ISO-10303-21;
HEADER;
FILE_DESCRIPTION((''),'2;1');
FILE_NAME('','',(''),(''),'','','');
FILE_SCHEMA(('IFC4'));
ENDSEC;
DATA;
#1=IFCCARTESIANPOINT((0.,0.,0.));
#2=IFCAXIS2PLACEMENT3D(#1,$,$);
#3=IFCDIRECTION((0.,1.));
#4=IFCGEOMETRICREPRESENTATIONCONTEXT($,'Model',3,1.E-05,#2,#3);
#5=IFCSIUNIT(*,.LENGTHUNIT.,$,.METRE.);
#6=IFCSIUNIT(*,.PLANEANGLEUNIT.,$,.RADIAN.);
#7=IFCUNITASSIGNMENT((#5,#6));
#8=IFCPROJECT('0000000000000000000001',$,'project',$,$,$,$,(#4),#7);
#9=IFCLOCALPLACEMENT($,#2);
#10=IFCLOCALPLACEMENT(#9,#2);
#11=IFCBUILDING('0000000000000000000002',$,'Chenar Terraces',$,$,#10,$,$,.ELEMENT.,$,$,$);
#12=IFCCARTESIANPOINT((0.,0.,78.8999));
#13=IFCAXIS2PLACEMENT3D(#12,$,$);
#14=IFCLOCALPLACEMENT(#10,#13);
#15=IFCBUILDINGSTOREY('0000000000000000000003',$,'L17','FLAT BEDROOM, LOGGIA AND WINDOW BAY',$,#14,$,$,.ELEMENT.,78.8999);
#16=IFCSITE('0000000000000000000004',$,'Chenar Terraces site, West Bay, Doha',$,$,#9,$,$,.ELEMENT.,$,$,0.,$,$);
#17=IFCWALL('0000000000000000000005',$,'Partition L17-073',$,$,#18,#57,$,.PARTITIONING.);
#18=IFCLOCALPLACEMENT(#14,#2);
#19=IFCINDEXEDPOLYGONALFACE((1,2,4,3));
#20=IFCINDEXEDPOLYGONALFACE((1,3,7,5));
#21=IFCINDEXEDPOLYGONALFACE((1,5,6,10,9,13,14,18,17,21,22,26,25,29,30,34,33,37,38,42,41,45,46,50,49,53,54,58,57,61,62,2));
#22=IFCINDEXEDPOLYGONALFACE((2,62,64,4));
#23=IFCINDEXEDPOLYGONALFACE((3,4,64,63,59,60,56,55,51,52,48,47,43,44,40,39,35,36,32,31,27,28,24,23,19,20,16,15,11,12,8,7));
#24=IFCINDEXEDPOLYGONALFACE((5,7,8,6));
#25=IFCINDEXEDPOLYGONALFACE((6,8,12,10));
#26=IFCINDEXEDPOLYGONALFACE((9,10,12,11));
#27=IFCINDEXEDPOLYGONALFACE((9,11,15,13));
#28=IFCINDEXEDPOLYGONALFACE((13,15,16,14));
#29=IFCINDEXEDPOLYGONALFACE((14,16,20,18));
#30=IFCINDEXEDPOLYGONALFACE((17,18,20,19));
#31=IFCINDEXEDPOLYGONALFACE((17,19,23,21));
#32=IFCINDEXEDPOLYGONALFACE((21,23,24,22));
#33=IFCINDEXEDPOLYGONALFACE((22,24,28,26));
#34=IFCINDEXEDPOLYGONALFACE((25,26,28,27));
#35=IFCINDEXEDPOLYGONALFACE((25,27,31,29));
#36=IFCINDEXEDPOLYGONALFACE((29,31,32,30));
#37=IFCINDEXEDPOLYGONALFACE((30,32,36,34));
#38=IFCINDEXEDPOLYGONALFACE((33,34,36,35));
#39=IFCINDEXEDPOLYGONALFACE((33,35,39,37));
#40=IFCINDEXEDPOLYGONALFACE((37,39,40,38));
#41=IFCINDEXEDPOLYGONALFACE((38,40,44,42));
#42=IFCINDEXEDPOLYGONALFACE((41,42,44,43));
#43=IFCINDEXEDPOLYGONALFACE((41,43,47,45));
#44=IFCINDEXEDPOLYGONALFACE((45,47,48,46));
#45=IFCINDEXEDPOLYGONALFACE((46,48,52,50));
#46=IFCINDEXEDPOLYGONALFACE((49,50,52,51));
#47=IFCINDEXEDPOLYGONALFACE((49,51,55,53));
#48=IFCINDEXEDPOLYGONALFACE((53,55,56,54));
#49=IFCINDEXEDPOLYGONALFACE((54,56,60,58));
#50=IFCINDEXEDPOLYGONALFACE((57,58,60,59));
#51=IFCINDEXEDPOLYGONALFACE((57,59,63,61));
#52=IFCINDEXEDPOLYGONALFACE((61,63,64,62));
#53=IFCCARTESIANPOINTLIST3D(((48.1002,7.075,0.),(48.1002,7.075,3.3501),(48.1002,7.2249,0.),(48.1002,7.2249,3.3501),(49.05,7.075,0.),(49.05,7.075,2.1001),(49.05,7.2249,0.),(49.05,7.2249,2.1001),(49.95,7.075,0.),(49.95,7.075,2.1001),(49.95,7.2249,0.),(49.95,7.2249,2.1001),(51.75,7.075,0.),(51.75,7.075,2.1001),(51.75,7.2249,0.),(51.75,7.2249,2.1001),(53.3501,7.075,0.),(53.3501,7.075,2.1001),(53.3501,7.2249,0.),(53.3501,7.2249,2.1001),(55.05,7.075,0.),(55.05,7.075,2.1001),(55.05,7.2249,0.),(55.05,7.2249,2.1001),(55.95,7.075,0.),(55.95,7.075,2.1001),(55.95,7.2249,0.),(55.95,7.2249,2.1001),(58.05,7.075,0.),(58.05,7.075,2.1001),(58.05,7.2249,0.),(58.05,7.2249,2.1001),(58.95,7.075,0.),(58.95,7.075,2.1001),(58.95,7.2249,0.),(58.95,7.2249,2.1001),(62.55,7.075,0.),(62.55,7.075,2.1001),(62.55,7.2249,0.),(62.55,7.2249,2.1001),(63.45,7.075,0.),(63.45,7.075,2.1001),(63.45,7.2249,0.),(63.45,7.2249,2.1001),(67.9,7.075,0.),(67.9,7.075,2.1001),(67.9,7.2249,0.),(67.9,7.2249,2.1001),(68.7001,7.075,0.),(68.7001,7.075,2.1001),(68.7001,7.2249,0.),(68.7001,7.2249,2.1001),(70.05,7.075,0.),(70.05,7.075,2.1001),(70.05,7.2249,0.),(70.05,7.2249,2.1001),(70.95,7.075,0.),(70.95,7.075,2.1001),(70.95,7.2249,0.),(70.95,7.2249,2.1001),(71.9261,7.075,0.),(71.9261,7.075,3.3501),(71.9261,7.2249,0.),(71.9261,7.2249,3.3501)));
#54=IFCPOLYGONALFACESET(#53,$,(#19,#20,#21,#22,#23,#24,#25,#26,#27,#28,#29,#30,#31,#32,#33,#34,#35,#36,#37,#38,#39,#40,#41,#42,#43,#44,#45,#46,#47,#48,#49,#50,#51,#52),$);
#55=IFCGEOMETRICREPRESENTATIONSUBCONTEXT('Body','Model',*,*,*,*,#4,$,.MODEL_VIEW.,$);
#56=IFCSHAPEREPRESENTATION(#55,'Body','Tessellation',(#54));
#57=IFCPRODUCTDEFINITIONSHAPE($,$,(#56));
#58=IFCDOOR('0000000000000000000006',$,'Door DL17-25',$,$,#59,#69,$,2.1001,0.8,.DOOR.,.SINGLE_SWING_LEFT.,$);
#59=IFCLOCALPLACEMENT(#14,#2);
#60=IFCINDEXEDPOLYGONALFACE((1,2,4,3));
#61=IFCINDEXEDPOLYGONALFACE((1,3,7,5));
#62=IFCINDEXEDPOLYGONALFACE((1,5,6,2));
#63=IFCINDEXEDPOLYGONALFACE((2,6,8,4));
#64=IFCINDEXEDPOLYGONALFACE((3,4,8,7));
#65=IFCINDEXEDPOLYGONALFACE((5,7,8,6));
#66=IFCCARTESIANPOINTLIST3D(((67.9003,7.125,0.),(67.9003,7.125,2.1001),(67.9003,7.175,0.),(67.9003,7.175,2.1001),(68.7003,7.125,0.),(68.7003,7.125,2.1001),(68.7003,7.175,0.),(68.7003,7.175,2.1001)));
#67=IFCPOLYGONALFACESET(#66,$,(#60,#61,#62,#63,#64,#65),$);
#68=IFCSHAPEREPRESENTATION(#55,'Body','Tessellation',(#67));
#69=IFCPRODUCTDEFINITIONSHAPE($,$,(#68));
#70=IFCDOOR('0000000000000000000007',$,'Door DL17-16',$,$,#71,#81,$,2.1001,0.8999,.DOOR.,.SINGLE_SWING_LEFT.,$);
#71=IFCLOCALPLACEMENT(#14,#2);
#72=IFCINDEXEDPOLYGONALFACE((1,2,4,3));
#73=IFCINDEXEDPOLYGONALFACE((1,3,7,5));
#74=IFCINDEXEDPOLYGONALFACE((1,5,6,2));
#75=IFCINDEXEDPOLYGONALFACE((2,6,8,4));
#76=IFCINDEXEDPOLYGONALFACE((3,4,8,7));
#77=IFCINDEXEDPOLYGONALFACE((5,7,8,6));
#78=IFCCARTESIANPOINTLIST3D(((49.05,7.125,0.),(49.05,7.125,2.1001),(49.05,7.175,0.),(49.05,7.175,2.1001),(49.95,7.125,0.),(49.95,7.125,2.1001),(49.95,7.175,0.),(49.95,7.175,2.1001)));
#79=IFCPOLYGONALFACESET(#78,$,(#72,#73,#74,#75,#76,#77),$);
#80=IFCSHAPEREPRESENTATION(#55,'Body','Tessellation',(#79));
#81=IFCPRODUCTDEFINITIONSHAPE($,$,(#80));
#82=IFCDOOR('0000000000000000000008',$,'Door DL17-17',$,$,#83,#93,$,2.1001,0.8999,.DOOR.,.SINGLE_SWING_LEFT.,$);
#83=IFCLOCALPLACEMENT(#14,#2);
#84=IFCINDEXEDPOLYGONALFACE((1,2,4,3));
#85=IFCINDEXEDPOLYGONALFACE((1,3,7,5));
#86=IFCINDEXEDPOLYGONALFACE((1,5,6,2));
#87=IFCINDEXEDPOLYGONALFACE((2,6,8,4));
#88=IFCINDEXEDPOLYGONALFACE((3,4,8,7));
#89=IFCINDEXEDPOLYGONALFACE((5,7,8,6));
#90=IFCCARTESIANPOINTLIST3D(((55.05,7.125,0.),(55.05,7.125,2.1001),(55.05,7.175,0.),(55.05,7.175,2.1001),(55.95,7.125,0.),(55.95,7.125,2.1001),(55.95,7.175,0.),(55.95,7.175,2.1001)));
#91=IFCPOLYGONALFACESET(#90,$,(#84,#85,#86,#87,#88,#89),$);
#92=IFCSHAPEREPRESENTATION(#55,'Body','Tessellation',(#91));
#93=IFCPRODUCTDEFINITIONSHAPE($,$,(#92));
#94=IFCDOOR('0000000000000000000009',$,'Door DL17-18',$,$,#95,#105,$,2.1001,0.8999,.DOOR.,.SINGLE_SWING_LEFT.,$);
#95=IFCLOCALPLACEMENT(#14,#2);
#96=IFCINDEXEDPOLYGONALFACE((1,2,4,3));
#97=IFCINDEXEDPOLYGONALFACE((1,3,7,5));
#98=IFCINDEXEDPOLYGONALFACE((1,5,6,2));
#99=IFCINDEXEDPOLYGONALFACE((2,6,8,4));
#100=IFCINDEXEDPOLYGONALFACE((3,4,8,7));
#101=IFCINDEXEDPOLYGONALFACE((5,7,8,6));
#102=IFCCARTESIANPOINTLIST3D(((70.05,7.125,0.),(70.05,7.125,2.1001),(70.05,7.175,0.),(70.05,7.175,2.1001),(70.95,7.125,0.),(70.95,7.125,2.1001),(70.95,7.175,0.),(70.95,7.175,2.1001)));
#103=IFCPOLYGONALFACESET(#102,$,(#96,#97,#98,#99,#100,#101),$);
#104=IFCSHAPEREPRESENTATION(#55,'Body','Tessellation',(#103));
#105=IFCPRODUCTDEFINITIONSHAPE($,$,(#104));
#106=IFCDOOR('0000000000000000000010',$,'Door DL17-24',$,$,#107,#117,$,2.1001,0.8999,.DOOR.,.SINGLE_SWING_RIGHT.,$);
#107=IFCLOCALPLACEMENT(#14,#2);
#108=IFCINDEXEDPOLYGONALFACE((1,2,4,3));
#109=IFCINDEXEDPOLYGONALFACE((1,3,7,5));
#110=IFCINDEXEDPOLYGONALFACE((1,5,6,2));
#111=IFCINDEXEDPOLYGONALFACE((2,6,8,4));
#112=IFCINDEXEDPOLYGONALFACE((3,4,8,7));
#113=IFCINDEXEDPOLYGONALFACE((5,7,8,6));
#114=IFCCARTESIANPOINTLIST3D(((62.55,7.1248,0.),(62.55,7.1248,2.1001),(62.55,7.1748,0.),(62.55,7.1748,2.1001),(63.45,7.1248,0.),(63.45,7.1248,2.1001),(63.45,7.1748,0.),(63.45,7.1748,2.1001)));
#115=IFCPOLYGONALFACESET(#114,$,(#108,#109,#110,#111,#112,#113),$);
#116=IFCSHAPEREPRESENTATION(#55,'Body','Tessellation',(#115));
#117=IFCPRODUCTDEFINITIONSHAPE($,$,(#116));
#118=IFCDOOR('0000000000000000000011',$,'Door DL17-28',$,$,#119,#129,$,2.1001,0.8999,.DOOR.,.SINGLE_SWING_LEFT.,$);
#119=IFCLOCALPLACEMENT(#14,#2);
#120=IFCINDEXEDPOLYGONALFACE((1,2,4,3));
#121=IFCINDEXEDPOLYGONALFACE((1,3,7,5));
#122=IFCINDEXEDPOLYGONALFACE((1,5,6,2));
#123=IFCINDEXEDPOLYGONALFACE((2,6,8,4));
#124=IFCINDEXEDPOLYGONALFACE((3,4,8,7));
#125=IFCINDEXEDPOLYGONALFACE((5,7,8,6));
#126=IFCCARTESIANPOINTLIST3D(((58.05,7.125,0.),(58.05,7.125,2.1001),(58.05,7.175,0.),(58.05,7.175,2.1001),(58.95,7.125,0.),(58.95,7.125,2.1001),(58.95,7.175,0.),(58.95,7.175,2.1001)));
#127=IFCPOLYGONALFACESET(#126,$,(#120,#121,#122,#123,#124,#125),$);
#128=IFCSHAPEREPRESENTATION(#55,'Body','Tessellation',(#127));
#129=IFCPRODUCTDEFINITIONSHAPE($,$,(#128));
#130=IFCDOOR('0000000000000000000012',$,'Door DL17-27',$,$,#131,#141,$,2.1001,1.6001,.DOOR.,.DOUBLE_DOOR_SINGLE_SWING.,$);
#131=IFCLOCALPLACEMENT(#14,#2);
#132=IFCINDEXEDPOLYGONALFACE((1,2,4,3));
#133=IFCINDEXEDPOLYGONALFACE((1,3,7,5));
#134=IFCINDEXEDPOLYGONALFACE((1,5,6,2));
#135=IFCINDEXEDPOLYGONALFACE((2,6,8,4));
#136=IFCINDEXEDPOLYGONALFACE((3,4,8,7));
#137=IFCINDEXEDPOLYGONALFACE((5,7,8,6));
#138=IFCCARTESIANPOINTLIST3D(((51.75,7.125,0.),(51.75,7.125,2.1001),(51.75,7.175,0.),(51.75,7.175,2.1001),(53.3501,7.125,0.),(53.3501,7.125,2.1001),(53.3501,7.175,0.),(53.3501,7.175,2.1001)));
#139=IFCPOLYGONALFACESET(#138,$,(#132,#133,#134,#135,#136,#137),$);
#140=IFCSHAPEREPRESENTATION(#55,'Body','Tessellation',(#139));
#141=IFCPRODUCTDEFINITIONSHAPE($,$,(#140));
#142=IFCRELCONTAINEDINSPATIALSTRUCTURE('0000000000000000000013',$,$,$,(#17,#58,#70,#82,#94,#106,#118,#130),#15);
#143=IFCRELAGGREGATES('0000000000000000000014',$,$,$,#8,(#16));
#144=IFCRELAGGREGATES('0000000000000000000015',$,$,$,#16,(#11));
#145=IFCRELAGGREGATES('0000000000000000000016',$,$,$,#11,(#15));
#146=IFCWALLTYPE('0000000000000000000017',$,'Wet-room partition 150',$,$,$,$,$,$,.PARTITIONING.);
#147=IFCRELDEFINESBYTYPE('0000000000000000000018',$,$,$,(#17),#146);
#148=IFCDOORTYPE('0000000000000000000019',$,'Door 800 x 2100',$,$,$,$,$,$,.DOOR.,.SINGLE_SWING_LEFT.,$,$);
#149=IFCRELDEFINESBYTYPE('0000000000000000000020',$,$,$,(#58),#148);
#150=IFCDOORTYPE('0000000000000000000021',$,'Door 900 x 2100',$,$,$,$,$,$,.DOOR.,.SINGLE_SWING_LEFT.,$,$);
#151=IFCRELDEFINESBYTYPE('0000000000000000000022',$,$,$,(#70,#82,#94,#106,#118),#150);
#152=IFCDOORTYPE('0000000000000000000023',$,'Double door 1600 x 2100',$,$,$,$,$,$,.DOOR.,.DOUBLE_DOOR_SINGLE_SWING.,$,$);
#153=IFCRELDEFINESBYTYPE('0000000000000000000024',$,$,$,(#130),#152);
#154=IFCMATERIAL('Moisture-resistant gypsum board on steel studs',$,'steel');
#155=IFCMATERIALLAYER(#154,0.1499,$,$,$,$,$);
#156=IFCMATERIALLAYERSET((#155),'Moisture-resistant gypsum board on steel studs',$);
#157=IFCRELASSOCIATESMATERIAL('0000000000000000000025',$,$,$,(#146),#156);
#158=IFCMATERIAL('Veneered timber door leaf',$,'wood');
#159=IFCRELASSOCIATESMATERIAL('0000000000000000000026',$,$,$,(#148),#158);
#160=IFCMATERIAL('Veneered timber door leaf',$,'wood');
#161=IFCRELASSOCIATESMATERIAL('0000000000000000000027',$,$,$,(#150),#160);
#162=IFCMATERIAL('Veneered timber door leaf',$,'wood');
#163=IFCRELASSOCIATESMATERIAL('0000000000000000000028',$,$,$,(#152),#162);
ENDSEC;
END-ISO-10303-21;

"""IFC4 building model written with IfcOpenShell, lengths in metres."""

from ifc_helpers import new_model, si_unit, direction, frame, frame_2d, origin, place, context, subcontext, project, spatial, rectangle, extrude, material, layer, layer_set, type_object, element, fill, save


model = new_model("IFC4")

# Units and contexts
model_context = context("Model", 3, precision=1e-05, world=origin(), true_north=direction((0.0, 1.0)))
body_context = subcontext(model_context, "Body", "Model", "MODEL_VIEW")
ifc_project = project(units=[si_unit("LENGTHUNIT", "METRE"), si_unit("PLANEANGLEUNIT", "RADIAN")], contexts=[model_context])

# Site, building, storey
site_placement = place(None, origin())
site = spatial("IfcSite", under=ifc_project, at=site_placement, Name="Chenar Terraces site, West Bay, Doha", CompositionType="ELEMENT", RefElevation=0.0)
building_placement = place(site_placement, origin())
building = spatial("IfcBuilding", under=site, at=building_placement, Name="Chenar Terraces", CompositionType="ELEMENT")
storey_placement = place(building_placement, frame((0.0, 0.0, 78.8999)))
storey = spatial("IfcBuildingStorey", under=building, at=storey_placement, Name="L17", Description="FLAT BEDROOM, LOGGIA AND WINDOW BAY", CompositionType="ELEMENT", Elevation=78.8999)

# Shared definitions
ifc_material_1 = material(Name="Moisture-resistant gypsum board on steel studs", Category="steel")
ifc_layer_1 = layer(ifc_material_1, 0.1499)
ifc_layer_set_1 = layer_set([ifc_layer_1], Name="Moisture-resistant gypsum board on steel studs")
wall_type_1 = type_object("IfcWallType", Name="Wet-room partition 150", PredefinedType="PARTITIONING", material=ifc_layer_set_1)
ifc_material_2 = material(Name="Veneered timber door leaf", Category="wood")
door_type_1 = type_object("IfcDoorType", Name="Door 800 x 2100", OperationType="SINGLE_SWING_LEFT", PredefinedType="DOOR", material=ifc_material_2)

# Wall, openings, doors
wall_1_placement = place(storey_placement, frame((48.1001, 7.1499, 0.0), z_axis=(0.0, 0.0, 1.0), x_axis=(1.0, 0.0, 0.0)))
wall_1 = element("IfcWall", 1, at=wall_1_placement, inside=storey, type_object=wall_type_1, Name="Partition L17-073", PredefinedType="PARTITIONING", context=body_context, shape_type="SweptSolid", body=[
    extrude(rectangle(XDim=23.8259, YDim=0.1499, at=frame_2d((11.9131, 0.0))), origin(), (0.0, 0.0, 1.0), 3.3501),
])
opening_1_placement = place(wall_1_placement, frame((0.95, 0.0, 0.0)))
opening_1 = element("IfcOpeningElement", 2, at=opening_1_placement, cuts=wall_1, PredefinedType="OPENING", context=body_context, shape_type="SweptSolid", body=[
    extrude(rectangle(XDim=0.8999, YDim=2.1001, at=frame_2d((0.45, 1.05))), frame((0.0, 0.085, 0.0), z_axis=(0.0, -1.0, 0.0), x_axis=(1.0, 0.0, 0.0)), (0.0, 0.0, 1.0), 0.1699),
])
opening_2_placement = place(wall_1_placement, frame((6.95, 0.0, 0.0)))
opening_2 = element("IfcOpeningElement", 3, at=opening_2_placement, cuts=wall_1, PredefinedType="OPENING", context=body_context, shape_type="SweptSolid", body=[
    extrude(rectangle(XDim=0.8999, YDim=2.1001, at=frame_2d((0.45, 1.05))), frame((0.0, 0.085, 0.0), z_axis=(0.0, -1.0, 0.0), x_axis=(1.0, 0.0, 0.0)), (0.0, 0.0, 1.0), 0.1699),
])
opening_3_placement = place(wall_1_placement, frame((21.95, 0.0, 0.0)))
opening_3 = element("IfcOpeningElement", 4, at=opening_3_placement, cuts=wall_1, PredefinedType="OPENING", context=body_context, shape_type="SweptSolid", body=[
    extrude(rectangle(XDim=0.8999, YDim=2.1001, at=frame_2d((0.45, 1.05))), frame((0.0, 0.085, 0.0), z_axis=(0.0, -1.0, 0.0), x_axis=(1.0, 0.0, 0.0)), (0.0, 0.0, 1.0), 0.1699),
])
opening_4_placement = place(wall_1_placement, frame((14.45, 0.0, 0.0)))
opening_4 = element("IfcOpeningElement", 5, at=opening_4_placement, cuts=wall_1, PredefinedType="OPENING", context=body_context, shape_type="SweptSolid", body=[
    extrude(rectangle(XDim=0.8999, YDim=2.1001, at=frame_2d((0.45, 1.05))), frame((0.0, 0.085, 0.0), z_axis=(0.0, -1.0, 0.0), x_axis=(1.0, 0.0, 0.0)), (0.0, 0.0, 1.0), 0.1699),
])
opening_5_placement = place(wall_1_placement, frame((19.8, 0.0, 0.0)))
opening_5 = element("IfcOpeningElement", 6, at=opening_5_placement, cuts=wall_1, PredefinedType="OPENING", context=body_context, shape_type="SweptSolid", body=[
    extrude(rectangle(XDim=0.8, YDim=2.1001, at=frame_2d((0.3999, 1.05))), frame((0.0, 0.085, 0.0), z_axis=(0.0, -1.0, 0.0), x_axis=(1.0, 0.0, 0.0)), (0.0, 0.0, 1.0), 0.1699),
])
opening_6_placement = place(wall_1_placement, frame((3.6499, 0.0, 0.0)))
opening_6 = element("IfcOpeningElement", 7, at=opening_6_placement, cuts=wall_1, PredefinedType="OPENING", context=body_context, shape_type="SweptSolid", body=[
    extrude(rectangle(XDim=1.6001, YDim=2.1001, at=frame_2d((0.8, 1.05))), frame((0.0, 0.085, 0.0), z_axis=(0.0, -1.0, 0.0), x_axis=(1.0, 0.0, 0.0)), (0.0, 0.0, 1.0), 0.1699),
])
opening_7_placement = place(wall_1_placement, frame((9.95, 0.0, 0.0)))
opening_7 = element("IfcOpeningElement", 8, at=opening_7_placement, cuts=wall_1, PredefinedType="OPENING", context=body_context, shape_type="SweptSolid", body=[
    extrude(rectangle(XDim=0.8999, YDim=2.1001, at=frame_2d((0.45, 1.05))), frame((0.0, 0.085, 0.0), z_axis=(0.0, -1.0, 0.0), x_axis=(1.0, 0.0, 0.0)), (0.0, 0.0, 1.0), 0.1699),
])
door_1_placement = place(opening_5_placement, frame((0.8, 0.0, 0.0), z_axis=(0.0, 0.0, 1.0), x_axis=(-1.0, 0.0, 0.0)))
door_1 = element("IfcDoor", 9, at=door_1_placement, inside=storey, type_object=door_type_1, Name="Door DL17-25", OperationType="SINGLE_SWING_LEFT", OverallHeight=2.1001, OverallWidth=0.8, PredefinedType="DOOR", context=body_context, shape_type="SweptSolid", body=[
    extrude(rectangle(XDim=0.8, YDim=2.1001, at=frame_2d((0.3999, 1.05))), frame((0.0, 0.0249, 0.0), z_axis=(0.0, -1.0, 0.0), x_axis=(1.0, 0.0, 0.0)), (0.0, 0.0, 1.0), 0.05),
])
fill(opening_5, door_1)
ifc_material_3 = material(Name="Veneered timber door leaf", Category="wood")
door_type_2 = type_object("IfcDoorType", Name="Door 900 x 2100", OperationType="SINGLE_SWING_LEFT", PredefinedType="DOOR", material=ifc_material_3)
door_2_placement = place(opening_1_placement, frame((0.8999, 0.0, 0.0), z_axis=(0.0, 0.0, 1.0), x_axis=(-1.0, 0.0, 0.0)))
door_2 = element("IfcDoor", 10, at=door_2_placement, inside=storey, type_object=door_type_2, Name="Door DL17-16", OperationType="SINGLE_SWING_LEFT", OverallHeight=2.1001, OverallWidth=0.8999, PredefinedType="DOOR", context=body_context, shape_type="SweptSolid", body=[
    extrude(rectangle(XDim=0.8999, YDim=2.1001, at=frame_2d((0.45, 1.05))), frame((0.0, 0.0249, 0.0), z_axis=(0.0, -1.0, 0.0), x_axis=(1.0, 0.0, 0.0)), (0.0, 0.0, 1.0), 0.05),
])
fill(opening_1, door_2)
door_3_placement = place(opening_2_placement, frame((0.8999, 0.0, 0.0), z_axis=(0.0, 0.0, 1.0), x_axis=(-1.0, 0.0, 0.0)))
door_3 = element("IfcDoor", 11, at=door_3_placement, inside=storey, type_object=door_type_2, Name="Door DL17-17", OperationType="SINGLE_SWING_LEFT", OverallHeight=2.1001, OverallWidth=0.8999, PredefinedType="DOOR", context=body_context, shape_type="SweptSolid", body=[
    extrude(rectangle(XDim=0.8999, YDim=2.1001, at=frame_2d((0.45, 1.05))), frame((0.0, 0.0249, 0.0), z_axis=(0.0, -1.0, 0.0), x_axis=(1.0, 0.0, 0.0)), (0.0, 0.0, 1.0), 0.05),
])
fill(opening_2, door_3)
door_4_placement = place(opening_3_placement, frame((0.8999, 0.0, 0.0), z_axis=(0.0, 0.0, 1.0), x_axis=(-1.0, 0.0, 0.0)))
door_4 = element("IfcDoor", 12, at=door_4_placement, inside=storey, type_object=door_type_2, Name="Door DL17-18", OperationType="SINGLE_SWING_LEFT", OverallHeight=2.1001, OverallWidth=0.8999, PredefinedType="DOOR", context=body_context, shape_type="SweptSolid", body=[
    extrude(rectangle(XDim=0.8999, YDim=2.1001, at=frame_2d((0.45, 1.05))), frame((0.0, 0.0249, 0.0), z_axis=(0.0, -1.0, 0.0), x_axis=(1.0, 0.0, 0.0)), (0.0, 0.0, 1.0), 0.05),
])
fill(opening_3, door_4)
door_5_placement = place(opening_4_placement, origin())
door_5 = element("IfcDoor", 13, at=door_5_placement, inside=storey, type_object=door_type_2, Name="Door DL17-24", OperationType="SINGLE_SWING_RIGHT", OverallHeight=2.1001, OverallWidth=0.8999, PredefinedType="DOOR", context=body_context, shape_type="SweptSolid", body=[
    extrude(rectangle(XDim=0.8999, YDim=2.1001, at=frame_2d((0.45, 1.05))), frame((0.0, 0.0249, 0.0), z_axis=(0.0, -1.0, 0.0), x_axis=(1.0, 0.0, 0.0)), (0.0, 0.0, 1.0), 0.05),
])
fill(opening_4, door_5)
door_6_placement = place(opening_7_placement, frame((0.8999, 0.0, 0.0), z_axis=(0.0, 0.0, 1.0), x_axis=(-1.0, 0.0, 0.0)))
door_6 = element("IfcDoor", 14, at=door_6_placement, inside=storey, type_object=door_type_2, Name="Door DL17-28", OperationType="SINGLE_SWING_LEFT", OverallHeight=2.1001, OverallWidth=0.8999, PredefinedType="DOOR", context=body_context, shape_type="SweptSolid", body=[
    extrude(rectangle(XDim=0.8999, YDim=2.1001, at=frame_2d((0.45, 1.05))), frame((0.0, 0.0249, 0.0), z_axis=(0.0, -1.0, 0.0), x_axis=(1.0, 0.0, 0.0)), (0.0, 0.0, 1.0), 0.05),
])
fill(opening_7, door_6)
ifc_material_4 = material(Name="Veneered timber door leaf", Category="wood")
door_type_3 = type_object("IfcDoorType", Name="Double door 1600 x 2100", OperationType="DOUBLE_DOOR_SINGLE_SWING", PredefinedType="DOOR", material=ifc_material_4)
door_7_placement = place(opening_6_placement, frame((1.6001, 0.0, 0.0), z_axis=(0.0, 0.0, 1.0), x_axis=(-1.0, 0.0, 0.0)))
door_7 = element("IfcDoor", 15, at=door_7_placement, inside=storey, type_object=door_type_3, Name="Door DL17-27", OperationType="DOUBLE_DOOR_SINGLE_SWING", OverallHeight=2.1001, OverallWidth=1.6001, PredefinedType="DOOR", context=body_context, shape_type="SweptSolid", body=[
    extrude(rectangle(XDim=1.6001, YDim=2.1001, at=frame_2d((0.8, 1.05))), frame((0.0, 0.0249, 0.0), z_axis=(0.0, -1.0, 0.0), x_axis=(1.0, 0.0, 0.0)), (0.0, 0.0, 1.0), 0.05),
])
fill(opening_6, door_7)

save(model, "model.ifc")
